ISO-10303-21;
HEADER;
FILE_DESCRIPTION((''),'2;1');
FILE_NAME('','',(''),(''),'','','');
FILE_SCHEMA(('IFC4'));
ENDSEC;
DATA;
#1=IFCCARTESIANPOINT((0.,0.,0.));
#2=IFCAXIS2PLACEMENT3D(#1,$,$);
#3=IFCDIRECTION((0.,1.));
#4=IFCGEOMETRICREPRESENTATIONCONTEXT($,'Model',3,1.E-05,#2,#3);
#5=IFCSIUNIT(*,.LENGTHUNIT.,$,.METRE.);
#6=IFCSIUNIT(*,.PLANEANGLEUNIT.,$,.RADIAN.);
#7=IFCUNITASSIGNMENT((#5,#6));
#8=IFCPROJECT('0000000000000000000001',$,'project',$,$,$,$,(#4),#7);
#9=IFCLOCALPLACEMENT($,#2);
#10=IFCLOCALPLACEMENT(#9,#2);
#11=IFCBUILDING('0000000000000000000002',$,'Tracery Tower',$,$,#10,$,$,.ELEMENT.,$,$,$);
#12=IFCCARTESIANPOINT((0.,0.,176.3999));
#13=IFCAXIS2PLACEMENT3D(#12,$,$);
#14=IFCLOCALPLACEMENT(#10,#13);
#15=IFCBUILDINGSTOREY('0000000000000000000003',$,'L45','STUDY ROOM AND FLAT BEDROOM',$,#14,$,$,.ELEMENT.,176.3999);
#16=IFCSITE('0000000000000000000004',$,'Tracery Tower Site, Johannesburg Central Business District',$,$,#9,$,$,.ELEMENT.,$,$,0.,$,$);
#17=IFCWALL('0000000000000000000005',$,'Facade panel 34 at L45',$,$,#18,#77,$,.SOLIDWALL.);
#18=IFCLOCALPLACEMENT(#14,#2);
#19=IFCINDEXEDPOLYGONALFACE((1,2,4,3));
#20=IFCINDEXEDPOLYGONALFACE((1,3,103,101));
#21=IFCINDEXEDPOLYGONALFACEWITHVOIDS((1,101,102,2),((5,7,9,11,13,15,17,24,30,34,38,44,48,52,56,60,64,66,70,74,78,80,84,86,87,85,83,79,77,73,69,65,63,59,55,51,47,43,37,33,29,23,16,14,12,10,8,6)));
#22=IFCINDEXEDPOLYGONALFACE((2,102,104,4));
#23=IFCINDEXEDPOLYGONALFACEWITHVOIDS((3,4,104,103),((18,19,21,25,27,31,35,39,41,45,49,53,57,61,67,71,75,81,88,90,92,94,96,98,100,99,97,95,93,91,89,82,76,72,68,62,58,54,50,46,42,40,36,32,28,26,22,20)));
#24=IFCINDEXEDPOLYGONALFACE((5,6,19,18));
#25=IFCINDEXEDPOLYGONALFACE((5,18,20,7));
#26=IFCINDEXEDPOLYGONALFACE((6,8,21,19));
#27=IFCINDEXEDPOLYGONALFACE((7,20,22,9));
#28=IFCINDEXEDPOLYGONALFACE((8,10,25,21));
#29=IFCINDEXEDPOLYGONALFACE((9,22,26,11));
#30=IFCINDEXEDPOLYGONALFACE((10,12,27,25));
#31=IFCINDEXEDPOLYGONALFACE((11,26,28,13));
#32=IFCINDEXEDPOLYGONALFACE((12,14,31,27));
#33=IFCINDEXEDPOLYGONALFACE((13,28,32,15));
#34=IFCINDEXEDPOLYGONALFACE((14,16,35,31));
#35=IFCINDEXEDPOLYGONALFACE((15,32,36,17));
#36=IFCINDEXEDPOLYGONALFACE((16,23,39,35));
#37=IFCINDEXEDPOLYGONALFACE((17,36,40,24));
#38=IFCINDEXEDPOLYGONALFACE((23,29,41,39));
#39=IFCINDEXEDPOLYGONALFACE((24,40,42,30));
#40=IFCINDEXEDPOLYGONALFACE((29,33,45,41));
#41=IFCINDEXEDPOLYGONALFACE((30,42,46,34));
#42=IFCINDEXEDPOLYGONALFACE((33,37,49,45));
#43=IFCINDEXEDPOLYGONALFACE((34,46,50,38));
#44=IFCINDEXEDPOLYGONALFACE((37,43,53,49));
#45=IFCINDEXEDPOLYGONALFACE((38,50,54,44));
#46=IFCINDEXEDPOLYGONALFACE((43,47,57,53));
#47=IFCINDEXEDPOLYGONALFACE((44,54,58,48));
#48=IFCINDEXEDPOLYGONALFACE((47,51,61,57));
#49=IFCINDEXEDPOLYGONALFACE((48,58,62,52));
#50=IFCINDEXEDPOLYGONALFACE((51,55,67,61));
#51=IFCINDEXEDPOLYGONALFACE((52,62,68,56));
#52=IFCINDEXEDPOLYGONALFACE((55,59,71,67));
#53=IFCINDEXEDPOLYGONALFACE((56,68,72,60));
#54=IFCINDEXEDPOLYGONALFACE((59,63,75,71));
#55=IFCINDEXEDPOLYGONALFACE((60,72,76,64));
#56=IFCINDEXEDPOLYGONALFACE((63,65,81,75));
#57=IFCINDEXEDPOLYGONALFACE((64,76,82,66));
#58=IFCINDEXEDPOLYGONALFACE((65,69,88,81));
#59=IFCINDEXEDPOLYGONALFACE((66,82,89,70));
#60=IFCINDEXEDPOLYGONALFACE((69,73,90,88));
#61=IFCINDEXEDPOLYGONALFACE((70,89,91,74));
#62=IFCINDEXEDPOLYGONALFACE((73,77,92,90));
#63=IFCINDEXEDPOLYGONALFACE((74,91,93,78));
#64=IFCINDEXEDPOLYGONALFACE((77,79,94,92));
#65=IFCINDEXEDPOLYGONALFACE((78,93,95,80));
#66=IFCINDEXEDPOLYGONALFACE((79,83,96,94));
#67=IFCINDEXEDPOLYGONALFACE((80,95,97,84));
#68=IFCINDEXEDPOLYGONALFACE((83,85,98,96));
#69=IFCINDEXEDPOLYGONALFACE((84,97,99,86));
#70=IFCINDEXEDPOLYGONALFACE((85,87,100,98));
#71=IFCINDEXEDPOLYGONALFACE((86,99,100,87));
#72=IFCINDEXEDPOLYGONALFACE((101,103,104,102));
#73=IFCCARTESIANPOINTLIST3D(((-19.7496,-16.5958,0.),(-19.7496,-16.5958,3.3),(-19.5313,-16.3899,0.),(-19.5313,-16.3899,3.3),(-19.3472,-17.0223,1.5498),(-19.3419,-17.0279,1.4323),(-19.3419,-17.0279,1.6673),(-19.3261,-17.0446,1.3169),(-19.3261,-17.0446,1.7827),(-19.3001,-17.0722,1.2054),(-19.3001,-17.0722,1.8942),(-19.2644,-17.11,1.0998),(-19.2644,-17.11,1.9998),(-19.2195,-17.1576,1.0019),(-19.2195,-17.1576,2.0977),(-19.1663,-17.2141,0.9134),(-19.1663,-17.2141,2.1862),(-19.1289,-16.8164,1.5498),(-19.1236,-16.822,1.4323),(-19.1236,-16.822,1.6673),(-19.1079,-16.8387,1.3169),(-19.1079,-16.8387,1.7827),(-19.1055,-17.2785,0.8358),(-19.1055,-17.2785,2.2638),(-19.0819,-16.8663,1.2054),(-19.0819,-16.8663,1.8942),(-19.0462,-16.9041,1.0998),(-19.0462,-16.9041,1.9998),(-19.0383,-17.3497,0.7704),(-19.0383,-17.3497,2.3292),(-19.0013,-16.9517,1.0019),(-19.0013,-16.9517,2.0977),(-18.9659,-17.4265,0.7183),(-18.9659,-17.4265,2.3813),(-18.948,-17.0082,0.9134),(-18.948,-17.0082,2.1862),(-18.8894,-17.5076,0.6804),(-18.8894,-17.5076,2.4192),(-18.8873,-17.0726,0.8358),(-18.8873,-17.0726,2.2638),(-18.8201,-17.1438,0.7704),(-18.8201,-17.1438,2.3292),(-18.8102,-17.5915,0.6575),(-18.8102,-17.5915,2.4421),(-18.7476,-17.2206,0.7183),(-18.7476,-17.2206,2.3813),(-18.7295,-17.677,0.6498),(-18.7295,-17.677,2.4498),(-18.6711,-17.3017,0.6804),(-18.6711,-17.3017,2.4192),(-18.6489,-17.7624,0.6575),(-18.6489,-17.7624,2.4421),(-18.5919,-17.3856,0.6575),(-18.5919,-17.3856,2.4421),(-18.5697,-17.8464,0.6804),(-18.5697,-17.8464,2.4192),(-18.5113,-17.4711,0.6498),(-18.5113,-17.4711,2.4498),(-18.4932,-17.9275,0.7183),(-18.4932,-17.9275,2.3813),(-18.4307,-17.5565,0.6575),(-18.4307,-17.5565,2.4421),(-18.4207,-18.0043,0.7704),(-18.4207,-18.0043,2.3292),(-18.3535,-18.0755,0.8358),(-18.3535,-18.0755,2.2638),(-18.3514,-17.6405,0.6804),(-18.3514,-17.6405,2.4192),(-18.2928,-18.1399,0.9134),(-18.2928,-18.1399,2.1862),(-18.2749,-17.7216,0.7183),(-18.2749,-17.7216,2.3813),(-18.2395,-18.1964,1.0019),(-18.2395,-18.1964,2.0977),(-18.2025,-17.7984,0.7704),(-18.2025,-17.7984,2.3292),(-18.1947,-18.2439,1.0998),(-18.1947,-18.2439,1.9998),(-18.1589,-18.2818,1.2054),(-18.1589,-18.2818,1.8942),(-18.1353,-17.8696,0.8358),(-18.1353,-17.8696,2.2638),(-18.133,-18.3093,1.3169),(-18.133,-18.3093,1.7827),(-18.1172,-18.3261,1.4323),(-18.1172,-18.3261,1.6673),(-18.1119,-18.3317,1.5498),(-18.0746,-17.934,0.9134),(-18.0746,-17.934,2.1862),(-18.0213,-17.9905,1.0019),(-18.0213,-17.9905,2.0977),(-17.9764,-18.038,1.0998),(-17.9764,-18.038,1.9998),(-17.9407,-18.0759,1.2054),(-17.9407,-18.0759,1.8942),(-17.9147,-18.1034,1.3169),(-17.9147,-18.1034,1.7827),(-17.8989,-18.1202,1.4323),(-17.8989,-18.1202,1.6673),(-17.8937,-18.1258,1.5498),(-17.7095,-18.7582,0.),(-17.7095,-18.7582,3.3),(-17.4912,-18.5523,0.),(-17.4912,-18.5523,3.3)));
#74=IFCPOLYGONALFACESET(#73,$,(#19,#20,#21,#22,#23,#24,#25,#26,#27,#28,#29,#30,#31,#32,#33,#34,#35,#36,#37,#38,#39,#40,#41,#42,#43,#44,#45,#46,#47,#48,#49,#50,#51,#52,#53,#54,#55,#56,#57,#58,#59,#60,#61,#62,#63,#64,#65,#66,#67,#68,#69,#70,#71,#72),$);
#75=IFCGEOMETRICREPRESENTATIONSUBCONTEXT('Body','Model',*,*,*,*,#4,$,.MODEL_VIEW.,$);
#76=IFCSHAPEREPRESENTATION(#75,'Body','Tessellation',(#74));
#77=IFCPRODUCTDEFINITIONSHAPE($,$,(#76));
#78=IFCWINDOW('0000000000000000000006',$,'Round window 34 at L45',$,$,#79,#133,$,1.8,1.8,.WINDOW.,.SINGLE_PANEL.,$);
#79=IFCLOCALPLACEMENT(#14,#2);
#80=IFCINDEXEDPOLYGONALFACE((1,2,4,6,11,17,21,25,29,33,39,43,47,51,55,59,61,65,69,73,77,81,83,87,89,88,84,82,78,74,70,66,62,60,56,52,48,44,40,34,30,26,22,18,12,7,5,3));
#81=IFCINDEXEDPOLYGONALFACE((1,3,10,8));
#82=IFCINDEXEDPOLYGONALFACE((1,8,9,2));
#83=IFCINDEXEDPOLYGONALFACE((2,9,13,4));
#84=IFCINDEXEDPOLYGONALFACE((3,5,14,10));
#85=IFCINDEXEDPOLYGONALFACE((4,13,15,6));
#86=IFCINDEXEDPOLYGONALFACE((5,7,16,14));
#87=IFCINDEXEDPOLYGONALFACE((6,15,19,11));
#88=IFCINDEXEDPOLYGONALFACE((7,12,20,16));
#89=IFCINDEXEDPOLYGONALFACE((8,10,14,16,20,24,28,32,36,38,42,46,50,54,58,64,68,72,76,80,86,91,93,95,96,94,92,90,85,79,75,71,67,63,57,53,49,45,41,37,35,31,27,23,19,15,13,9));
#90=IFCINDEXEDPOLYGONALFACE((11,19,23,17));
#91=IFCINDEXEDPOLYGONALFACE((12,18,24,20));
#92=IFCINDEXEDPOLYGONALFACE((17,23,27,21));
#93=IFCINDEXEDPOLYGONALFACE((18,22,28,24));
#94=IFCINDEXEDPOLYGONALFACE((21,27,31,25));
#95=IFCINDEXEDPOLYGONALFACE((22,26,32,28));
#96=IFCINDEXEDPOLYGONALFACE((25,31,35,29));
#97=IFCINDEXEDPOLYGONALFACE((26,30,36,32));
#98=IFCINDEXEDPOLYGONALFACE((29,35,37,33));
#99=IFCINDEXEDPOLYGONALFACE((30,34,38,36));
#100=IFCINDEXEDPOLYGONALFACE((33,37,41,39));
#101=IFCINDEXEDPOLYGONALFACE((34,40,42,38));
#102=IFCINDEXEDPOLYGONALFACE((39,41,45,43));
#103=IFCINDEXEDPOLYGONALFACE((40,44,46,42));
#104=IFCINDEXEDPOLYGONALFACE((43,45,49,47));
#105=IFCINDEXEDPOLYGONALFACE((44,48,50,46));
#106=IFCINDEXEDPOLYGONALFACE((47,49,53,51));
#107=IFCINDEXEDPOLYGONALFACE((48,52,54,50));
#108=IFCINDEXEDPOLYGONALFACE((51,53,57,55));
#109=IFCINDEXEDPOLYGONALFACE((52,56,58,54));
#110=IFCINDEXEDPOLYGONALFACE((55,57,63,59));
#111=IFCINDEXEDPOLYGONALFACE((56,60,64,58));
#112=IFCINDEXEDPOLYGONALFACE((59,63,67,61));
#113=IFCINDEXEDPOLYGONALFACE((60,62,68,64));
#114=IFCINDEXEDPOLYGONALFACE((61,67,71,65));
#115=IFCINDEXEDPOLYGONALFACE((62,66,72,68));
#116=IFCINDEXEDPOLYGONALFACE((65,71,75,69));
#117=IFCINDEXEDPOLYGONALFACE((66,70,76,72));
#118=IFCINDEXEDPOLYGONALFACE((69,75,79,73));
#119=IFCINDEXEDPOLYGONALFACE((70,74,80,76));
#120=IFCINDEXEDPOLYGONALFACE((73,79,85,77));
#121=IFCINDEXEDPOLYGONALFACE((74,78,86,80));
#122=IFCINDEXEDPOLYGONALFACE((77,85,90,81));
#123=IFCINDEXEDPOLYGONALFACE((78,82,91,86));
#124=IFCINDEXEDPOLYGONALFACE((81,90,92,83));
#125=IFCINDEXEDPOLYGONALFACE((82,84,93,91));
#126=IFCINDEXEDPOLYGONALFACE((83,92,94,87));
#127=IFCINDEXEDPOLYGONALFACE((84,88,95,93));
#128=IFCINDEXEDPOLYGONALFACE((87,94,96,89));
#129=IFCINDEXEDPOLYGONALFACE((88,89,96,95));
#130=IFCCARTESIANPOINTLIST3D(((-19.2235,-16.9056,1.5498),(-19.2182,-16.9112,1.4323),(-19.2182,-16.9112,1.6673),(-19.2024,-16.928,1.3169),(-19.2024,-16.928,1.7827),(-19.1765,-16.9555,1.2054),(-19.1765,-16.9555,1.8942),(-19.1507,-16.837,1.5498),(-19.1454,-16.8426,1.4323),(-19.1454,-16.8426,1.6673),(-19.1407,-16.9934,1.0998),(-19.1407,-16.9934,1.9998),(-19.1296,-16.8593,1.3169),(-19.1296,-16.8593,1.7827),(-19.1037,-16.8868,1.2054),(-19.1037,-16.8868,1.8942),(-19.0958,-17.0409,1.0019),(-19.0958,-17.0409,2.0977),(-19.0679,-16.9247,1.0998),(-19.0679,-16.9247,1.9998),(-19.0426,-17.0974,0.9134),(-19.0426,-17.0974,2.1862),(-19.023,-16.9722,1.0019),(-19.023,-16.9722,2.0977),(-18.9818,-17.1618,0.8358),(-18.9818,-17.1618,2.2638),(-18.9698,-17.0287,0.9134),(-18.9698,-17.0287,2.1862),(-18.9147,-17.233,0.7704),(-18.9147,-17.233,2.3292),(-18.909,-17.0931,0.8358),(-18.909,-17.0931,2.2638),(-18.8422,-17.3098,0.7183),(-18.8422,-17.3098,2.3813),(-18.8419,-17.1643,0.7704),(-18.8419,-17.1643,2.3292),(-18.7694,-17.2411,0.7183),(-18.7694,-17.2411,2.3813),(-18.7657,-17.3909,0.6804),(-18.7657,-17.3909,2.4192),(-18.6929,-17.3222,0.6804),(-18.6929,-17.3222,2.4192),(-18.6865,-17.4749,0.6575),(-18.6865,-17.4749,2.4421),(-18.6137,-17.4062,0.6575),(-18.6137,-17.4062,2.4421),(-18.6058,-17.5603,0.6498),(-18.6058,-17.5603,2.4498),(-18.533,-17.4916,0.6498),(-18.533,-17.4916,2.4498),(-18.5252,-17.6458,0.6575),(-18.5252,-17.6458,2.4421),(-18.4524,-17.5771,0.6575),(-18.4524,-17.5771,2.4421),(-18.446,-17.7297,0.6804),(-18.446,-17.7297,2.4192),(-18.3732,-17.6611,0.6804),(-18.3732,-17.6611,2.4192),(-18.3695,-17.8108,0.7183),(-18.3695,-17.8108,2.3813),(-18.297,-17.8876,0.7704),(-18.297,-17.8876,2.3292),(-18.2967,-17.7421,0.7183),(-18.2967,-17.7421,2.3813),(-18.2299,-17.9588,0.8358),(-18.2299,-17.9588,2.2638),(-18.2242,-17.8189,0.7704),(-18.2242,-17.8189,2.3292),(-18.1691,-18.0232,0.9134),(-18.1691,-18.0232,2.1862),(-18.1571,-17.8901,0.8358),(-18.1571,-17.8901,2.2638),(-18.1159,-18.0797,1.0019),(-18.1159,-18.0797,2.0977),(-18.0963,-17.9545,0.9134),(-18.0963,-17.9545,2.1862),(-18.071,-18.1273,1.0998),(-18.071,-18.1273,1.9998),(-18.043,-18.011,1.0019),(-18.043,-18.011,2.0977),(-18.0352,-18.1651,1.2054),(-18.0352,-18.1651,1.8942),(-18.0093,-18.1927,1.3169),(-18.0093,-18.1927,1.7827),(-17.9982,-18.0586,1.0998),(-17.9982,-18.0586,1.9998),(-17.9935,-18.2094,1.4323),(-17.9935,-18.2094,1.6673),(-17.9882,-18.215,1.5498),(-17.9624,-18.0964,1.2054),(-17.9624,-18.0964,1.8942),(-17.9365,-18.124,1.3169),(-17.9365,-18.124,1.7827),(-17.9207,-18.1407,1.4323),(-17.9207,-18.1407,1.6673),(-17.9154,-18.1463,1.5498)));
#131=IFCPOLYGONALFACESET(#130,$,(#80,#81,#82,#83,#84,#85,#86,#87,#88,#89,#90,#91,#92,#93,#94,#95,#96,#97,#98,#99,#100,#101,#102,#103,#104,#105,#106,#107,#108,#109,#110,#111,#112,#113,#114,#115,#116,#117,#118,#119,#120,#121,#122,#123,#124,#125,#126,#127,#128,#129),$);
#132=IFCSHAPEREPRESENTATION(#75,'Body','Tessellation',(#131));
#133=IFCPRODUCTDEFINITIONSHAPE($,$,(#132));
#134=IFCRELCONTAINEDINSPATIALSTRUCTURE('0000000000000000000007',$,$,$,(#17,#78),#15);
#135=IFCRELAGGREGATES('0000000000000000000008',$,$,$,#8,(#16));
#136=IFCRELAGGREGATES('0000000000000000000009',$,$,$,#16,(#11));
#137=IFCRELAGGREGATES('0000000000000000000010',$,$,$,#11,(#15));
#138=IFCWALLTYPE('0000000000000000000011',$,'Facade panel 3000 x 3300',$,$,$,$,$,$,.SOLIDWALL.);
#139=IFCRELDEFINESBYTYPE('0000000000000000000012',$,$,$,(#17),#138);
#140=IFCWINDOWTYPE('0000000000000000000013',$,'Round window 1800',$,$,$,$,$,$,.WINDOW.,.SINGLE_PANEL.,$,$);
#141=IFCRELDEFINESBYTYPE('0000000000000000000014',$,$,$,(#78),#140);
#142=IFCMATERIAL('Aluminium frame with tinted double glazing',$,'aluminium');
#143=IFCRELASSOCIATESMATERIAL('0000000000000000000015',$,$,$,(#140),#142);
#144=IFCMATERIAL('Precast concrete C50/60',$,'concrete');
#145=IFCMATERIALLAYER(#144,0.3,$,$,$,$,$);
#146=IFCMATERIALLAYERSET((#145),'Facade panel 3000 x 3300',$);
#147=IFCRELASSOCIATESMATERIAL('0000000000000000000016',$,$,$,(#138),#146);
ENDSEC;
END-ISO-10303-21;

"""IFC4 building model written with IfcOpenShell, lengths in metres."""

from ifc_helpers import new_model, si_unit, direction, frame, frame_2d, origin, origin_2d, place, context, subcontext, project, spatial, rectangle, circle, extrude, material, layer, layer_set, type_object, element, fill, save


model = new_model("IFC4")

# Units and contexts
model_context = context("Model", 3, precision=1e-05, world=origin(), true_north=direction((0.0, 1.0)))
body_context = subcontext(model_context, "Body", "Model", "MODEL_VIEW")
ifc_project = project(units=[si_unit("LENGTHUNIT", "METRE"), si_unit("PLANEANGLEUNIT", "RADIAN")], contexts=[model_context])

# Site, building, storey
site_placement = place(None, origin())
site = spatial("IfcSite", under=ifc_project, at=site_placement, Name="Tracery Tower Site, Johannesburg Central Business District", CompositionType="ELEMENT", RefElevation=0.0)
building_placement = place(site_placement, origin())
building = spatial("IfcBuilding", under=site, at=building_placement, Name="Tracery Tower", CompositionType="ELEMENT")
storey_placement = place(building_placement, frame((0.0, 0.0, 176.3999)))
storey = spatial("IfcBuildingStorey", under=building, at=storey_placement, Name="L45", Description="STUDY ROOM AND FLAT BEDROOM", CompositionType="ELEMENT", Elevation=176.3999)

# Wall, opening, window
ifc_material_1 = material(Name="Aluminium frame with tinted double glazing", Category="aluminium")
window_type = type_object("IfcWindowType", Name="Round window 1800", PartitioningType="SINGLE_PANEL", PredefinedType="WINDOW", material=ifc_material_1)
ifc_material_2 = material(Name="Precast concrete C50/60", Category="concrete")
ifc_layer_1 = layer(ifc_material_2, 0.3)
ifc_layer_set_1 = layer_set([ifc_layer_1], Name="Facade panel 3000 x 3300")
wall_type_1 = type_object("IfcWallType", Name="Facade panel 3000 x 3300", PredefinedType="SOLIDWALL", material=ifc_layer_set_1)
wall_1_placement = place(storey_placement, frame((-19.6404, -16.4929, 0.0), z_axis=(0.0, 0.0, 1.0), x_axis=(0.686235, -0.72738, 0.0)))
wall_1 = element("IfcWall", 1, at=wall_1_placement, inside=storey, type_object=wall_type_1, Name="Facade panel 34 at L45", PredefinedType="SOLIDWALL", context=body_context, shape_type="SweptSolid", body=[
    extrude(rectangle(XDim=2.9729, YDim=0.3, at=frame_2d((1.4863, 0.0))), origin(), (0.0, 0.0, 1.0), 3.3),
])
opening_1_placement = place(wall_1_placement, frame((1.4863, 0.0, 1.5498)))
opening_1 = element("IfcOpeningElement", 2, at=opening_1_placement, cuts=wall_1, PredefinedType="OPENING", context=body_context, shape_type="SweptSolid", body=[
    extrude(circle(Radius=0.9, at=origin_2d()), frame((0.0, 0.1599, 0.0), z_axis=(0.0, -1.0, 0.0), x_axis=(1.0, 0.0, 0.0)), (0.0, 0.0, 1.0), 0.3201),
])
window_1_placement = place(opening_1_placement, origin())
window_1 = element("IfcWindow", 3, at=window_1_placement, inside=storey, type_object=window_type, Name="Round window 34 at L45", OverallHeight=1.8, OverallWidth=1.8, PartitioningType="SINGLE_PANEL", PredefinedType="WINDOW", context=body_context, shape_type="SweptSolid", body=[
    extrude(circle(Radius=0.9, at=origin_2d()), frame((0.0, 0.1201, 0.0), z_axis=(0.0, -1.0, 0.0), x_axis=(1.0, 0.0, 0.0)), (0.0, 0.0, 1.0), 0.1001),
])
fill(opening_1, window_1)

save(model, "model.ifc")
